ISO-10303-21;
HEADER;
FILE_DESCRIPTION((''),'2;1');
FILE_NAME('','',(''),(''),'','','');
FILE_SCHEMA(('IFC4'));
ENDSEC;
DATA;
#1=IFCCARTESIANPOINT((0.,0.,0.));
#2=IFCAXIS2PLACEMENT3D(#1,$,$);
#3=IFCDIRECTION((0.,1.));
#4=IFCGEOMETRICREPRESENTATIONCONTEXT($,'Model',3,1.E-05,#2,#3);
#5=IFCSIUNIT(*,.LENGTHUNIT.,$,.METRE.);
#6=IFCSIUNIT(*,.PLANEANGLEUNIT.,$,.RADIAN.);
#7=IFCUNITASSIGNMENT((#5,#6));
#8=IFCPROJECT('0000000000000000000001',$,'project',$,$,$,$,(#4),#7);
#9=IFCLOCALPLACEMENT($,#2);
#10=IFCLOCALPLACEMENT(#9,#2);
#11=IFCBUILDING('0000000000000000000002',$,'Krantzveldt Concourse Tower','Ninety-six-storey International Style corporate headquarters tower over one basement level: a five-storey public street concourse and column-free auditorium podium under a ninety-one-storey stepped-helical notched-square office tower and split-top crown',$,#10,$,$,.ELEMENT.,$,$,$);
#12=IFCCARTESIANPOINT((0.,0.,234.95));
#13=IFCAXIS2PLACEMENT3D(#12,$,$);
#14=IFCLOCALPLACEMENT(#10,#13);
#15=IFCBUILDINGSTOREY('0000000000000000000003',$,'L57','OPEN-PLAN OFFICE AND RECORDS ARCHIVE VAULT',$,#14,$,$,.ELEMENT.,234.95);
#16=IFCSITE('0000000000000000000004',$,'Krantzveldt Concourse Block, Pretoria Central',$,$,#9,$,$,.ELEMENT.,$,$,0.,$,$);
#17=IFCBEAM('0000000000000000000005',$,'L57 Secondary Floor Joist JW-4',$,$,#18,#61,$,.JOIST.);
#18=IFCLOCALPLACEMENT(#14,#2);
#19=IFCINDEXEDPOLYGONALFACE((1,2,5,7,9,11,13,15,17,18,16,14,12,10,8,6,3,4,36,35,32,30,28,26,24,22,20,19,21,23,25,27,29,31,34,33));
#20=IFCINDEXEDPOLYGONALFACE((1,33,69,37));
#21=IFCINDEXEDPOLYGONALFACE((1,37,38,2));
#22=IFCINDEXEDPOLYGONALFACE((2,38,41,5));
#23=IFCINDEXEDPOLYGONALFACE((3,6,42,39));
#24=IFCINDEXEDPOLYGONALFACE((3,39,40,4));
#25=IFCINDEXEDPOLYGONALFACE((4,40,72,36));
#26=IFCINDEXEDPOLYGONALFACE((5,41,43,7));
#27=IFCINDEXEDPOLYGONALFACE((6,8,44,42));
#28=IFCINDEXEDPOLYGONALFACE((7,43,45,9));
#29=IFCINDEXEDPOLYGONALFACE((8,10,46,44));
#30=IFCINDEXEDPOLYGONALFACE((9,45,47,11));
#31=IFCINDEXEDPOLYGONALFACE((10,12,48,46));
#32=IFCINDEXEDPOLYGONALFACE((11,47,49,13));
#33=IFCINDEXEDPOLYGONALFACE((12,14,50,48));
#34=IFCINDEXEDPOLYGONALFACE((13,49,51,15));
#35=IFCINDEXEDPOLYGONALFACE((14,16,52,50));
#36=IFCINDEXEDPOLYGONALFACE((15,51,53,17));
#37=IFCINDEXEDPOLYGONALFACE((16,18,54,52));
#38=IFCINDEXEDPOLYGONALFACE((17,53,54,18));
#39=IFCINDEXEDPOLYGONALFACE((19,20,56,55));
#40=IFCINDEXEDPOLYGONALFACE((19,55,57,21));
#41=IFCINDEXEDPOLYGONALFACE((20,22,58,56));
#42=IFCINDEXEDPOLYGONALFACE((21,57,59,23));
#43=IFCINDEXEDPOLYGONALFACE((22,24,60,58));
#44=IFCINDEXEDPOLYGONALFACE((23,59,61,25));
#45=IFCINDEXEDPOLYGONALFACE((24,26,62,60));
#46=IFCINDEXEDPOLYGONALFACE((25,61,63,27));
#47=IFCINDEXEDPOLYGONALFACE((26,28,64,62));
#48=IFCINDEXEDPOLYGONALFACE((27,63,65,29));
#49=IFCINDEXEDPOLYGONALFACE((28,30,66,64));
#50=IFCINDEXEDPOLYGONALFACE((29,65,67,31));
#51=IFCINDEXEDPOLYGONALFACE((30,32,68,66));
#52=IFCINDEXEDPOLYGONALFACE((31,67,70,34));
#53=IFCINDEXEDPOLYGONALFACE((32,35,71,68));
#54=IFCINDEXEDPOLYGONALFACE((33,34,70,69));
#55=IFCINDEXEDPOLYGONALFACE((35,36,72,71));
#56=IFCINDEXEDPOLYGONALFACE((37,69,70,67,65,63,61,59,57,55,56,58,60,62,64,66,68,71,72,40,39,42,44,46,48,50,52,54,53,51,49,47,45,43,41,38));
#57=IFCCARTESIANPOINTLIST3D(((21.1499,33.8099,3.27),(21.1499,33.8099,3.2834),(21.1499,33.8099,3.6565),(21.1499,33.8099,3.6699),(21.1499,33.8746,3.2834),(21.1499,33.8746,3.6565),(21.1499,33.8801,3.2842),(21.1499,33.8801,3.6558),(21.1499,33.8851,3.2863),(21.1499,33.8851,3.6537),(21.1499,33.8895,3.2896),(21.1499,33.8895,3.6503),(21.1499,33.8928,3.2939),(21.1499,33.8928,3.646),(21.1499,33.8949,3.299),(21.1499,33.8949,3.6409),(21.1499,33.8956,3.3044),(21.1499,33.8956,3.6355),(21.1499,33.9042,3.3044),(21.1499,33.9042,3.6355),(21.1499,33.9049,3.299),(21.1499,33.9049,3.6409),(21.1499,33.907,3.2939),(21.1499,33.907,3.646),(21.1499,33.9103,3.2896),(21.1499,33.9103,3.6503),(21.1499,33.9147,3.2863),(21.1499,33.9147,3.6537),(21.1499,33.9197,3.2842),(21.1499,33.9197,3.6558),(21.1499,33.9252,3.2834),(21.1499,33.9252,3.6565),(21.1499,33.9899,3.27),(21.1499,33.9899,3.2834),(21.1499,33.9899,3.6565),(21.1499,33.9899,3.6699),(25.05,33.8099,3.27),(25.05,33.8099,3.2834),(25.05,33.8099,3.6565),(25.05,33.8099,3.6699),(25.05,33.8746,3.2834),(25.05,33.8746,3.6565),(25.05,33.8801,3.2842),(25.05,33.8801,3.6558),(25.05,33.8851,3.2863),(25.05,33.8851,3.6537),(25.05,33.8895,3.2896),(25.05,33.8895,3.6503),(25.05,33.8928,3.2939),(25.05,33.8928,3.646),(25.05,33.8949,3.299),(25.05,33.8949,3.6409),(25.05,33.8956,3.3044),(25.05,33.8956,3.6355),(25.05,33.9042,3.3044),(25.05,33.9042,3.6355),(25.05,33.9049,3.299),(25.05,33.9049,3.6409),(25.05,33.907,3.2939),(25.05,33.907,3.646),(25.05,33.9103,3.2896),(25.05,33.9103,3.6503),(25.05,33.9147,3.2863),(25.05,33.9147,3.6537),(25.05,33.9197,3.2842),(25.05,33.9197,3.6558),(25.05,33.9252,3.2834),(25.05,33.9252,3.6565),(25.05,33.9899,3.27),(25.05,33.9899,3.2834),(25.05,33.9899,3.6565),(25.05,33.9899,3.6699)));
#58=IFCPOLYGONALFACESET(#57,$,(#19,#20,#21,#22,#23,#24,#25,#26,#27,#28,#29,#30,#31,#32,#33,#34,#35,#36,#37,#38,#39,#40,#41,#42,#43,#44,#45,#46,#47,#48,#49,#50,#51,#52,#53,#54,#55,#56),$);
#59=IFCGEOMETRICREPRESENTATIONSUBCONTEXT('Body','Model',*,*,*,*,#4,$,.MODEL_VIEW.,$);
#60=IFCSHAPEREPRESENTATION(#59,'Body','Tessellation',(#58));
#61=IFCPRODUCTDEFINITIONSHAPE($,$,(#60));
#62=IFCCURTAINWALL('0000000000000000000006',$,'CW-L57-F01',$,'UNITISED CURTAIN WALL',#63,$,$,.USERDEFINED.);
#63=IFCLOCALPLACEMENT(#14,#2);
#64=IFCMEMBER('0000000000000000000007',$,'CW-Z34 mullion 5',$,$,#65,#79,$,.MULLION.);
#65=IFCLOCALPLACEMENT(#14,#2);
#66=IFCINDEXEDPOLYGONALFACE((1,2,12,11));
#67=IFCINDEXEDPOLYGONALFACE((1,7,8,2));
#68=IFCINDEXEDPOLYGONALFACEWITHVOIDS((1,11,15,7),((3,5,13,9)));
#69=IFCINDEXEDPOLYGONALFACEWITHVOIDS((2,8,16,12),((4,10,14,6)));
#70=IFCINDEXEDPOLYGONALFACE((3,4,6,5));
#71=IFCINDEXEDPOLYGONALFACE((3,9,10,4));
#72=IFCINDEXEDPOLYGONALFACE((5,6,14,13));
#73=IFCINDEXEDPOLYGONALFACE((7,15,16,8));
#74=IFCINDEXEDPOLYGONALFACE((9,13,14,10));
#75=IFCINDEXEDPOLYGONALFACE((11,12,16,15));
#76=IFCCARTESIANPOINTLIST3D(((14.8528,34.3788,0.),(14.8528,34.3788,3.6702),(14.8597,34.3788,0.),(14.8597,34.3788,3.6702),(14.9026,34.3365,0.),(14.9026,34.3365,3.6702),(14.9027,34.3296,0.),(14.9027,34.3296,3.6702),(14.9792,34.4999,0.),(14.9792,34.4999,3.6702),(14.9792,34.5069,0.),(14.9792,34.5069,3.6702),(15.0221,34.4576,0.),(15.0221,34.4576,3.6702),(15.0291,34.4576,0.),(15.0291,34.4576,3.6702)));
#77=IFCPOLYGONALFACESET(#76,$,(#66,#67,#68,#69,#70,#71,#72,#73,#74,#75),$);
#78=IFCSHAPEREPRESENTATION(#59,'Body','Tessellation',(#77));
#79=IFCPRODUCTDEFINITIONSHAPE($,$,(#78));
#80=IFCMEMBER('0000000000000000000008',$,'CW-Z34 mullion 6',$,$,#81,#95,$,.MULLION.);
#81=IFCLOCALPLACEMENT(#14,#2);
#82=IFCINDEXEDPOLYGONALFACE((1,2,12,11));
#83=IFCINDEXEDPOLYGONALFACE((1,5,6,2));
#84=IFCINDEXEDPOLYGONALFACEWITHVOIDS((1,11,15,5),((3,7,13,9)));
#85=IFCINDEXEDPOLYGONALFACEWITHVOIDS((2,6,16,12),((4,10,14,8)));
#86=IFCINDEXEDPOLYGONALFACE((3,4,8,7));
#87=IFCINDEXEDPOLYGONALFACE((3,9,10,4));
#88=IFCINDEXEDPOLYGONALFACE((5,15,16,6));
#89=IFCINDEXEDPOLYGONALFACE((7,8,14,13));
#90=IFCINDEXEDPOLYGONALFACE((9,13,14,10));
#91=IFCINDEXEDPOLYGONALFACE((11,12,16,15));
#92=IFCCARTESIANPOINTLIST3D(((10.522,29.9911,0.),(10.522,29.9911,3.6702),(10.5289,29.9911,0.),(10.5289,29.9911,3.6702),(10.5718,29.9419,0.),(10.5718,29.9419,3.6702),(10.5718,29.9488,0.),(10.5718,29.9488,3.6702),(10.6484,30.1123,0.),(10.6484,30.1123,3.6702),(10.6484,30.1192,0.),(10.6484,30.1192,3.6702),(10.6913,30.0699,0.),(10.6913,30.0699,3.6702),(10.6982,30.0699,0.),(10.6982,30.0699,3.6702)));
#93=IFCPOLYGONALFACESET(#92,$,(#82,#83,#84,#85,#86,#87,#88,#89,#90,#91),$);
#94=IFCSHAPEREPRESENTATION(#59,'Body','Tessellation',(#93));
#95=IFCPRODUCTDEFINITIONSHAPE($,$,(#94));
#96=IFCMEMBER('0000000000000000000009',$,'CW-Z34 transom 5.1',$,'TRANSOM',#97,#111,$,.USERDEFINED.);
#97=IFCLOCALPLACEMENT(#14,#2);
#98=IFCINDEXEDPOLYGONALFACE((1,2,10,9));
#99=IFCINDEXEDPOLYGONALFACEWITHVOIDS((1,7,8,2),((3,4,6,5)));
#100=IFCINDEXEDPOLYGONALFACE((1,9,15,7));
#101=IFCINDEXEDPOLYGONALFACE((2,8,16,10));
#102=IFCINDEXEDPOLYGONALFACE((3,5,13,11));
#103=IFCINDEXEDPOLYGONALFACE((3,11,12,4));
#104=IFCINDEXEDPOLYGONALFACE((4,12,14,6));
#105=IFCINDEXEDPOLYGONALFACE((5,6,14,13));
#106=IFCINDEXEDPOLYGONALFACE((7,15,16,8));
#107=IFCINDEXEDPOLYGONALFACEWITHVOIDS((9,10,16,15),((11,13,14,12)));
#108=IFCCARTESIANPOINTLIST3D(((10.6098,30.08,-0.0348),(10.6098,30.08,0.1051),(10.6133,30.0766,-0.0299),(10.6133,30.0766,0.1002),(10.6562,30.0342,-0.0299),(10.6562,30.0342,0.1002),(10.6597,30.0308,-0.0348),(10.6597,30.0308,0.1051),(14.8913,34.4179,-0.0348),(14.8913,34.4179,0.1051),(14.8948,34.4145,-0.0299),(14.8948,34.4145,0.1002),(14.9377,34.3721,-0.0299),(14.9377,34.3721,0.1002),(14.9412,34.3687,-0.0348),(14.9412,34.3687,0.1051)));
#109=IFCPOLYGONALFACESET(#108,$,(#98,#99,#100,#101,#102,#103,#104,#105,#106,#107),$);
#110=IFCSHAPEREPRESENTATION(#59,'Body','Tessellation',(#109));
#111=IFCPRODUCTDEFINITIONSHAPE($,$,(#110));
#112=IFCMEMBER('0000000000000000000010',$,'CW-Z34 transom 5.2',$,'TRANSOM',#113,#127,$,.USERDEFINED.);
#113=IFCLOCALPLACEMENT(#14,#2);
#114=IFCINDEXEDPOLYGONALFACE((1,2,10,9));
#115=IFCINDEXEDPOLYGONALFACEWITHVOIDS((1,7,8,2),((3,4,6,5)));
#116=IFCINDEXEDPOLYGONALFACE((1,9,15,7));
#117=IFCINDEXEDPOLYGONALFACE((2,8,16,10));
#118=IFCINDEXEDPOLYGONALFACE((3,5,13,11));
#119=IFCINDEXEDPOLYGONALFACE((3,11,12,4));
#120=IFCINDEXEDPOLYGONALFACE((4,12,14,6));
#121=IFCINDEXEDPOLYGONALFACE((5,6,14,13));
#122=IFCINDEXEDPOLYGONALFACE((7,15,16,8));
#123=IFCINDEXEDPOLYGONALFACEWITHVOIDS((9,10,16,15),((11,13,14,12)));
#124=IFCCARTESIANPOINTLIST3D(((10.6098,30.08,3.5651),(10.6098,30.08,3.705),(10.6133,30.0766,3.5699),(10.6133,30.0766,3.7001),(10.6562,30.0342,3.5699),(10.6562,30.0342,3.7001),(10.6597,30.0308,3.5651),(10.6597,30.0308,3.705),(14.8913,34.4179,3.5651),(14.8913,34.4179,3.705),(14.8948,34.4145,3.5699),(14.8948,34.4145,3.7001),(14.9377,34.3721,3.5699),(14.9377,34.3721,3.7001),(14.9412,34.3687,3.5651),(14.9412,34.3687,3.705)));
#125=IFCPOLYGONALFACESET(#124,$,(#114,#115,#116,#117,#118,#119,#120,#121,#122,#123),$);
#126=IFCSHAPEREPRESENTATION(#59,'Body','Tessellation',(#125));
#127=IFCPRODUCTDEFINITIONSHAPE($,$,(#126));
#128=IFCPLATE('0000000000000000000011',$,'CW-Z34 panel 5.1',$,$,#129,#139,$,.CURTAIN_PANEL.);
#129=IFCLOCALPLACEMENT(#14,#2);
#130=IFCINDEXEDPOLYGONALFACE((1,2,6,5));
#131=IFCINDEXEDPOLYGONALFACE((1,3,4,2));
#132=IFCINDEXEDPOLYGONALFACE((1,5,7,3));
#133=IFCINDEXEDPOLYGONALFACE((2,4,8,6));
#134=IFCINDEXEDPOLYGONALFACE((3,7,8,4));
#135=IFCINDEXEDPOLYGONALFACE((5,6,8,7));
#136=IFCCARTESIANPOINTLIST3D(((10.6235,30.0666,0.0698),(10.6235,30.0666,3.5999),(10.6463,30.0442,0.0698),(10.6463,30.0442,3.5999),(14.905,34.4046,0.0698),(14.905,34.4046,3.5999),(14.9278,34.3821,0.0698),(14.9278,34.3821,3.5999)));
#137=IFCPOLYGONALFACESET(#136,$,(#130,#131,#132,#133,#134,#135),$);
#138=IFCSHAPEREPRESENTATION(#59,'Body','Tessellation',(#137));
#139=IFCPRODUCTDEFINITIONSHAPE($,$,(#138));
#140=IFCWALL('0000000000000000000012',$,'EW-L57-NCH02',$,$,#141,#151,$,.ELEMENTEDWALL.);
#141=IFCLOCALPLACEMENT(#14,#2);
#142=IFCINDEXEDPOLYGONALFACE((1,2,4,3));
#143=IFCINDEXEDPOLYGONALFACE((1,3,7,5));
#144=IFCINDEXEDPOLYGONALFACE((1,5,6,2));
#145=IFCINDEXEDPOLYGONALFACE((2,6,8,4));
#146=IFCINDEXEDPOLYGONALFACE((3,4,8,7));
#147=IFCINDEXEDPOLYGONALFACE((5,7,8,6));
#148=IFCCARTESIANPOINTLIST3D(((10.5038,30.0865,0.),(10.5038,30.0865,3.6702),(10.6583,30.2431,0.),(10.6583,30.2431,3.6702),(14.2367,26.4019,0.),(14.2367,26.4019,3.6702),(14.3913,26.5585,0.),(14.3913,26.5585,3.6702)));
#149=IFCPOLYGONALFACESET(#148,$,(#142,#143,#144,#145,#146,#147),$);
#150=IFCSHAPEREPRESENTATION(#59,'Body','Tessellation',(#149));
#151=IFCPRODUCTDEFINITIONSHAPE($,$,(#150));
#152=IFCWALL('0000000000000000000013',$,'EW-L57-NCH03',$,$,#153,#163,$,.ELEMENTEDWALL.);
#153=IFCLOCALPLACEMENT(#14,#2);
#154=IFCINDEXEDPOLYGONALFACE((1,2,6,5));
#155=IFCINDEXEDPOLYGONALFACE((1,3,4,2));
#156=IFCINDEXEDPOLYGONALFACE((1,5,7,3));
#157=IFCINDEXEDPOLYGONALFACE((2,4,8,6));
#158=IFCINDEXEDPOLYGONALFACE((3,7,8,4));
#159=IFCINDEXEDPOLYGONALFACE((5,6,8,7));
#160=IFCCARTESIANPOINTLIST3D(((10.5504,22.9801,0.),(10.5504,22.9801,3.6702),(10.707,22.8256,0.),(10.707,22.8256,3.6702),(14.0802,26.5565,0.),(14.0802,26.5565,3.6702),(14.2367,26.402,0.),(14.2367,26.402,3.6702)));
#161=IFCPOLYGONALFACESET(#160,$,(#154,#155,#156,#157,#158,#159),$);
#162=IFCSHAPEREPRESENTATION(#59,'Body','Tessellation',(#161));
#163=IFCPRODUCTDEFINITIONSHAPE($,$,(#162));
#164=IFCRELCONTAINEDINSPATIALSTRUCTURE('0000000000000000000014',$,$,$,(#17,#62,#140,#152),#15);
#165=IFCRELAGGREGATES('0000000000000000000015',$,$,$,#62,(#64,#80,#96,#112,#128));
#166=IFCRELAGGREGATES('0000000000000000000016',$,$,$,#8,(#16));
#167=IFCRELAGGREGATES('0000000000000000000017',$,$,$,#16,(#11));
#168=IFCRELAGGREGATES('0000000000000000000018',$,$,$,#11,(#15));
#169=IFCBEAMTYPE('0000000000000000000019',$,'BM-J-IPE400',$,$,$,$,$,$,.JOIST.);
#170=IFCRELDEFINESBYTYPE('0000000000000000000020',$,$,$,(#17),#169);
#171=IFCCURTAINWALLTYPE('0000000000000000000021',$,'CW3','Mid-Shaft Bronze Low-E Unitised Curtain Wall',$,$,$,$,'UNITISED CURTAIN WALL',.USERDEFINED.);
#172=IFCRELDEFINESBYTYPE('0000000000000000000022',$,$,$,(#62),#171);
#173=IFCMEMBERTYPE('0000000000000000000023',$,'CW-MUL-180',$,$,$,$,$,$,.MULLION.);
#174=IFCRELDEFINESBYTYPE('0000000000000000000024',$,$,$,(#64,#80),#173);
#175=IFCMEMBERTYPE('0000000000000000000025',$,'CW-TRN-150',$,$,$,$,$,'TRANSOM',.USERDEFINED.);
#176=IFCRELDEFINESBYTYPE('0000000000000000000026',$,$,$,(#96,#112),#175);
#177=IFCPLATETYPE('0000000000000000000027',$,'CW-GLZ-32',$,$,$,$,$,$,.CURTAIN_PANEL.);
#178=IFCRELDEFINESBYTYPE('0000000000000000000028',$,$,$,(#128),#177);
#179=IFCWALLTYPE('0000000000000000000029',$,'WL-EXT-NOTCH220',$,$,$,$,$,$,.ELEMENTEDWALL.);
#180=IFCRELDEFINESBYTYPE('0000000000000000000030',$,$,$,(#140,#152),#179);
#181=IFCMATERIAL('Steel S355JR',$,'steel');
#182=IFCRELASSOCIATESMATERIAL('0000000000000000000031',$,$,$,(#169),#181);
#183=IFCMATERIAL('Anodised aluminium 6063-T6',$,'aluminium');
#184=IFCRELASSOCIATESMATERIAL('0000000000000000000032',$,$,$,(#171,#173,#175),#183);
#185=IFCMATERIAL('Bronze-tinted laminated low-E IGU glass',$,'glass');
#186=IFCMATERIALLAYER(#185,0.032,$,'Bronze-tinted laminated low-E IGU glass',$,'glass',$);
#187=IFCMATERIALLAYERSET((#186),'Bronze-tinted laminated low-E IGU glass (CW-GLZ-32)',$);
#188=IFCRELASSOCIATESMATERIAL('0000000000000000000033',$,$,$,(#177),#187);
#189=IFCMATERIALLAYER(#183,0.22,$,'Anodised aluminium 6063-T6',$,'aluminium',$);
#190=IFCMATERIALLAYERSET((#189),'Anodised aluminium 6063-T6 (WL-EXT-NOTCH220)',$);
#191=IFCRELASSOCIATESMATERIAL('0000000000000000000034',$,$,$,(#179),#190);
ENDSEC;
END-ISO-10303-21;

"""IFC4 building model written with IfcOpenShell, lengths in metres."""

from ifc_helpers import new_model, si_unit, direction, frame, frame_2d, origin, origin_2d, place, context, subcontext, project, spatial, rectangle, hollow_rectangle, i_section, extrude, source, transform, mapped, material, layer, layer_set, material_profile, profile_set, type_object, type_shapes, element, aggregate, save


model = new_model("IFC4")

# Units and contexts
model_context = context("Model", 3, precision=1e-05, world=origin(), true_north=direction((0.0, 1.0)))
body_context = subcontext(model_context, "Body", "Model", "MODEL_VIEW")
ifc_project = project(units=[si_unit("LENGTHUNIT", "METRE"), si_unit("PLANEANGLEUNIT", "RADIAN")], contexts=[model_context])

# Site, building, storey
site_placement = place(None, origin())
site = spatial("IfcSite", under=ifc_project, at=site_placement, Name="Krantzveldt Concourse Block, Pretoria Central", CompositionType="ELEMENT", RefElevation=0.0)
building_placement = place(site_placement, origin())
building = spatial("IfcBuilding", under=site, at=building_placement, Name="Krantzveldt Concourse Tower", Description="Ninety-six-storey International Style corporate headquarters tower over one basement level: a five-storey public street concourse and column-free auditorium podium under a ninety-one-storey stepped-helical notched-square office tower and split-top crown", CompositionType="ELEMENT")
storey_placement = place(building_placement, frame((0.0, 0.0, 234.95)))
storey = spatial("IfcBuildingStorey", under=building, at=storey_placement, Name="L57", Description="OPEN-PLAN OFFICE AND RECORDS ARCHIVE VAULT", CompositionType="ELEMENT", Elevation=234.95)

# Beam
ifc_material_1 = material(Name="Steel S355JR", Category="steel")
ifc_material_profile_1 = material_profile(ifc_material_1, i_section(OverallWidth=0.1799, OverallDepth=0.3999, WebThickness=0.0085, FlangeThickness=0.0134, FilletRadius=0.021, at=origin_2d()), Name="Steel S355JR", Category="steel")
ifc_profile_set_1 = profile_set([ifc_material_profile_1], Name="Steel S355JR - IPE 400")
beam_type_1 = type_object("IfcBeamType", Name="BM-J-IPE400", PredefinedType="JOIST", material=ifc_profile_set_1)
shared_shape_1 = source(origin(), body_context, "Body", "SweptSolid", [
    extrude(i_section(OverallWidth=0.1799, OverallDepth=0.3999, WebThickness=0.0085, FlangeThickness=0.0134, FilletRadius=0.021, at=origin_2d()), origin(), (0.0, 0.0, 1.0), 3.9001),
])
type_shapes(beam_type_1, [shared_shape_1])
for number, where, z_axis, x_axis, name in (
    (1, (21.1499, 33.8999, 3.47), (1.0, 0.0, 0.0), (0.0, 1.0, 0.0), "L57 Secondary Floor Joist JW-4"),
):
    element("IfcBeam", number, at=place(storey_placement, frame(where, z_axis=z_axis, x_axis=x_axis)), inside=storey, type_object=beam_type_1, Name=name, PredefinedType="JOIST", context=body_context, shape_type="MappedRepresentation", body=[
        mapped(shared_shape_1, transform((0.0, 0.0, 0.0), x_axis=(1.0, 0.0, 0.0), y_axis=(0.0, 1.0, 0.0), z_axis=(0.0, 0.0, 1.0), scale=1.0)),
    ])

# Curtain wall, members, plate
ifc_material_2 = material(Name="Anodised aluminium 6063-T6", Category="aluminium")
curtain_wall_type = type_object("IfcCurtainWallType", Name="CW3", Description="Mid-Shaft Bronze Low-E Unitised Curtain Wall", ElementType="UNITISED CURTAIN WALL", PredefinedType="USERDEFINED", material=ifc_material_2)
curtain_wall_placement = place(storey_placement, origin())
curtain_wall = element("IfcCurtainWall", 2, at=curtain_wall_placement, inside=storey, type_object=curtain_wall_type, Name="CW-L57-F01", ObjectType="UNITISED CURTAIN WALL", PredefinedType="USERDEFINED")
ifc_material_profile_2 = material_profile(ifc_material_2, hollow_rectangle(XDim=0.0701, YDim=0.1799, WallThickness=0.0049, at=origin_2d()), Name="Anodised aluminium 6063-T6", Category="aluminium")
ifc_profile_set_2 = profile_set([ifc_material_profile_2], Name="Anodised aluminium 6063-T6 - ALU-MULL 180x70x5")
member_type_1 = type_object("IfcMemberType", Name="CW-MUL-180", PredefinedType="MULLION", material=ifc_profile_set_2)
shared_shape_2 = source(origin(), body_context, "Body", "SweptSolid", [
    extrude(hollow_rectangle(XDim=0.0701, YDim=0.1799, WallThickness=0.0049, at=origin_2d()), origin(), (0.0, 0.0, 1.0), 3.6702),
])
type_shapes(member_type_1, [shared_shape_2])
member_1_placement = place(storey_placement, frame((14.9409, 34.4182, 0.0), z_axis=(0.0, 0.0, 1.0), x_axis=(0.71172, -0.702464, 0.0)))
member_1 = element("IfcMember", 3, at=member_1_placement, type_object=member_type_1, Name="CW-Z34 mullion 5", PredefinedType="MULLION", context=body_context, shape_type="MappedRepresentation", body=[
    mapped(shared_shape_2, transform((0.0, 0.0, 0.0), x_axis=(1.0, 0.0, 0.0), y_axis=(0.0, 1.0, 0.0), z_axis=(0.0, 0.0, 1.0), scale=1.0)),
])
member_2_placement = place(storey_placement, frame((10.6101, 30.0305, 0.0), z_axis=(0.0, 0.0, 1.0), x_axis=(0.71172, -0.702464, 0.0)))
member_2 = element("IfcMember", 4, at=member_2_placement, type_object=member_type_1, Name="CW-Z34 mullion 6", PredefinedType="MULLION", context=body_context, shape_type="MappedRepresentation", body=[
    mapped(shared_shape_2, transform((0.0, 0.0, 0.0), x_axis=(1.0, 0.0, 0.0), y_axis=(0.0, 1.0, 0.0), z_axis=(0.0, 0.0, 1.0), scale=1.0)),
])
ifc_material_profile_3 = material_profile(ifc_material_2, hollow_rectangle(XDim=0.0701, YDim=0.1399, WallThickness=0.0049, at=origin_2d()), Name="Anodised aluminium 6063-T6", Category="aluminium")
ifc_profile_set_3 = profile_set([ifc_material_profile_3], Name="Anodised aluminium 6063-T6 - ALU-TRAN 140x70x5")
member_type_2 = type_object("IfcMemberType", Name="CW-TRN-150", ElementType="TRANSOM", PredefinedType="USERDEFINED", material=ifc_profile_set_3)
shared_shape_3 = source(origin(), body_context, "Body", "SweptSolid", [
    extrude(hollow_rectangle(XDim=0.0701, YDim=0.1399, WallThickness=0.0049, at=origin_2d()), origin(), (0.0, 0.0, 1.0), 6.095),
])
type_shapes(member_type_2, [shared_shape_3])
member_3_placement = place(storey_placement, frame((14.9163, 34.3933, 0.0352), z_axis=(-0.702465, -0.711718, 0.0), x_axis=(0.711718, -0.702465, 0.0)))
member_3 = element("IfcMember", 5, at=member_3_placement, type_object=member_type_2, Name="CW-Z34 transom 5.1", ObjectType="TRANSOM", PredefinedType="USERDEFINED", context=body_context, shape_type="MappedRepresentation", body=[
    mapped(shared_shape_3, transform((0.0, 0.0, 0.0), x_axis=(1.0, 0.0, 0.0), y_axis=(0.0, 1.0, 0.0), z_axis=(0.0, 0.0, 1.0), scale=1.0)),
])
member_4_placement = place(storey_placement, frame((14.9163, 34.3933, 3.635), z_axis=(-0.702465, -0.711718, 0.0), x_axis=(0.711718, -0.702465, 0.0)))
member_4 = element("IfcMember", 6, at=member_4_placement, type_object=member_type_2, Name="CW-Z34 transom 5.2", ObjectType="TRANSOM", PredefinedType="USERDEFINED", context=body_context, shape_type="MappedRepresentation", body=[
    mapped(shared_shape_3, transform((0.0, 0.0, 0.0), x_axis=(1.0, 0.0, 0.0), y_axis=(0.0, 1.0, 0.0), z_axis=(0.0, 0.0, 1.0), scale=1.0)),
])
ifc_material_3 = material(Name="Bronze-tinted laminated low-E IGU glass", Category="glass")
ifc_layer_1 = layer(ifc_material_3, 0.032, Name="Bronze-tinted laminated low-E IGU glass", Category="glass")
ifc_layer_set_1 = layer_set([ifc_layer_1], Name="Bronze-tinted laminated low-E IGU glass (CW-GLZ-32)")
plate_type = type_object("IfcPlateType", Name="CW-GLZ-32", PredefinedType="CURTAIN_PANEL", material=ifc_layer_set_1)
shared_shape_4 = source(origin(), body_context, "Body", "SweptSolid", [
    extrude(rectangle(XDim=6.095, YDim=0.032, at=origin_2d()), origin(), (0.0, 0.0, 1.0), 3.53),
])
type_shapes(plate_type, [shared_shape_4])
plate_placement = place(storey_placement, frame((12.7756, 32.2244, 0.0698), z_axis=(0.0, 0.0, 1.0), x_axis=(-0.702464, -0.71172, 0.0)))
plate = element("IfcPlate", 7, at=plate_placement, type_object=plate_type, Name="CW-Z34 panel 5.1", PredefinedType="CURTAIN_PANEL", context=body_context, shape_type="MappedRepresentation", body=[
    mapped(shared_shape_4, transform((0.0, 0.0, 0.0), x_axis=(1.0, 0.0, 0.0), y_axis=(0.0, 1.0, 0.0), z_axis=(0.0, 0.0, 1.0), scale=1.0)),
])
aggregate(curtain_wall, [member_1, member_2, member_3, member_4, plate])

# Walls
ifc_layer_2 = layer(ifc_material_2, 0.22, Name="Anodised aluminium 6063-T6", Category="aluminium")
ifc_layer_set_2 = layer_set([ifc_layer_2], Name="Anodised aluminium 6063-T6 (WL-EXT-NOTCH220)")
wall_type_1 = type_object("IfcWallType", Name="WL-EXT-NOTCH220", PredefinedType="ELEMENTEDWALL", material=ifc_layer_set_2)
wall_1_placement = place(storey_placement, frame((10.5811, 30.1648, 0.0), z_axis=(0.0, 0.0, 1.0), x_axis=(0.7117, -0.702484, 0.0)))
element("IfcWall", 8, at=wall_1_placement, inside=storey, type_object=wall_type_1, Name="EW-L57-NCH02", PredefinedType="ELEMENTEDWALL", context=body_context, shape_type="SweptSolid", body=[
    extrude(rectangle(XDim=5.2451, YDim=0.22, at=frame_2d((2.6226, 0.0))), origin(), (0.0, 0.0, 1.0), 3.6702),
])
wall_2_placement = place(storey_placement, frame((14.1584, 26.4792, 0.0), z_axis=(0.0, 0.0, 1.0), x_axis=(-0.702452, -0.711731, 0.0)))
element("IfcWall", 9, at=wall_2_placement, inside=storey, type_object=wall_type_1, Name="EW-L57-NCH03", PredefinedType="ELEMENTEDWALL", context=body_context, shape_type="SweptSolid", body=[
    extrude(rectangle(XDim=5.0249, YDim=0.22, at=frame_2d((2.5125, 0.0))), origin(), (0.0, 0.0, 1.0), 3.6702),
])

save(model, "model.ifc")
